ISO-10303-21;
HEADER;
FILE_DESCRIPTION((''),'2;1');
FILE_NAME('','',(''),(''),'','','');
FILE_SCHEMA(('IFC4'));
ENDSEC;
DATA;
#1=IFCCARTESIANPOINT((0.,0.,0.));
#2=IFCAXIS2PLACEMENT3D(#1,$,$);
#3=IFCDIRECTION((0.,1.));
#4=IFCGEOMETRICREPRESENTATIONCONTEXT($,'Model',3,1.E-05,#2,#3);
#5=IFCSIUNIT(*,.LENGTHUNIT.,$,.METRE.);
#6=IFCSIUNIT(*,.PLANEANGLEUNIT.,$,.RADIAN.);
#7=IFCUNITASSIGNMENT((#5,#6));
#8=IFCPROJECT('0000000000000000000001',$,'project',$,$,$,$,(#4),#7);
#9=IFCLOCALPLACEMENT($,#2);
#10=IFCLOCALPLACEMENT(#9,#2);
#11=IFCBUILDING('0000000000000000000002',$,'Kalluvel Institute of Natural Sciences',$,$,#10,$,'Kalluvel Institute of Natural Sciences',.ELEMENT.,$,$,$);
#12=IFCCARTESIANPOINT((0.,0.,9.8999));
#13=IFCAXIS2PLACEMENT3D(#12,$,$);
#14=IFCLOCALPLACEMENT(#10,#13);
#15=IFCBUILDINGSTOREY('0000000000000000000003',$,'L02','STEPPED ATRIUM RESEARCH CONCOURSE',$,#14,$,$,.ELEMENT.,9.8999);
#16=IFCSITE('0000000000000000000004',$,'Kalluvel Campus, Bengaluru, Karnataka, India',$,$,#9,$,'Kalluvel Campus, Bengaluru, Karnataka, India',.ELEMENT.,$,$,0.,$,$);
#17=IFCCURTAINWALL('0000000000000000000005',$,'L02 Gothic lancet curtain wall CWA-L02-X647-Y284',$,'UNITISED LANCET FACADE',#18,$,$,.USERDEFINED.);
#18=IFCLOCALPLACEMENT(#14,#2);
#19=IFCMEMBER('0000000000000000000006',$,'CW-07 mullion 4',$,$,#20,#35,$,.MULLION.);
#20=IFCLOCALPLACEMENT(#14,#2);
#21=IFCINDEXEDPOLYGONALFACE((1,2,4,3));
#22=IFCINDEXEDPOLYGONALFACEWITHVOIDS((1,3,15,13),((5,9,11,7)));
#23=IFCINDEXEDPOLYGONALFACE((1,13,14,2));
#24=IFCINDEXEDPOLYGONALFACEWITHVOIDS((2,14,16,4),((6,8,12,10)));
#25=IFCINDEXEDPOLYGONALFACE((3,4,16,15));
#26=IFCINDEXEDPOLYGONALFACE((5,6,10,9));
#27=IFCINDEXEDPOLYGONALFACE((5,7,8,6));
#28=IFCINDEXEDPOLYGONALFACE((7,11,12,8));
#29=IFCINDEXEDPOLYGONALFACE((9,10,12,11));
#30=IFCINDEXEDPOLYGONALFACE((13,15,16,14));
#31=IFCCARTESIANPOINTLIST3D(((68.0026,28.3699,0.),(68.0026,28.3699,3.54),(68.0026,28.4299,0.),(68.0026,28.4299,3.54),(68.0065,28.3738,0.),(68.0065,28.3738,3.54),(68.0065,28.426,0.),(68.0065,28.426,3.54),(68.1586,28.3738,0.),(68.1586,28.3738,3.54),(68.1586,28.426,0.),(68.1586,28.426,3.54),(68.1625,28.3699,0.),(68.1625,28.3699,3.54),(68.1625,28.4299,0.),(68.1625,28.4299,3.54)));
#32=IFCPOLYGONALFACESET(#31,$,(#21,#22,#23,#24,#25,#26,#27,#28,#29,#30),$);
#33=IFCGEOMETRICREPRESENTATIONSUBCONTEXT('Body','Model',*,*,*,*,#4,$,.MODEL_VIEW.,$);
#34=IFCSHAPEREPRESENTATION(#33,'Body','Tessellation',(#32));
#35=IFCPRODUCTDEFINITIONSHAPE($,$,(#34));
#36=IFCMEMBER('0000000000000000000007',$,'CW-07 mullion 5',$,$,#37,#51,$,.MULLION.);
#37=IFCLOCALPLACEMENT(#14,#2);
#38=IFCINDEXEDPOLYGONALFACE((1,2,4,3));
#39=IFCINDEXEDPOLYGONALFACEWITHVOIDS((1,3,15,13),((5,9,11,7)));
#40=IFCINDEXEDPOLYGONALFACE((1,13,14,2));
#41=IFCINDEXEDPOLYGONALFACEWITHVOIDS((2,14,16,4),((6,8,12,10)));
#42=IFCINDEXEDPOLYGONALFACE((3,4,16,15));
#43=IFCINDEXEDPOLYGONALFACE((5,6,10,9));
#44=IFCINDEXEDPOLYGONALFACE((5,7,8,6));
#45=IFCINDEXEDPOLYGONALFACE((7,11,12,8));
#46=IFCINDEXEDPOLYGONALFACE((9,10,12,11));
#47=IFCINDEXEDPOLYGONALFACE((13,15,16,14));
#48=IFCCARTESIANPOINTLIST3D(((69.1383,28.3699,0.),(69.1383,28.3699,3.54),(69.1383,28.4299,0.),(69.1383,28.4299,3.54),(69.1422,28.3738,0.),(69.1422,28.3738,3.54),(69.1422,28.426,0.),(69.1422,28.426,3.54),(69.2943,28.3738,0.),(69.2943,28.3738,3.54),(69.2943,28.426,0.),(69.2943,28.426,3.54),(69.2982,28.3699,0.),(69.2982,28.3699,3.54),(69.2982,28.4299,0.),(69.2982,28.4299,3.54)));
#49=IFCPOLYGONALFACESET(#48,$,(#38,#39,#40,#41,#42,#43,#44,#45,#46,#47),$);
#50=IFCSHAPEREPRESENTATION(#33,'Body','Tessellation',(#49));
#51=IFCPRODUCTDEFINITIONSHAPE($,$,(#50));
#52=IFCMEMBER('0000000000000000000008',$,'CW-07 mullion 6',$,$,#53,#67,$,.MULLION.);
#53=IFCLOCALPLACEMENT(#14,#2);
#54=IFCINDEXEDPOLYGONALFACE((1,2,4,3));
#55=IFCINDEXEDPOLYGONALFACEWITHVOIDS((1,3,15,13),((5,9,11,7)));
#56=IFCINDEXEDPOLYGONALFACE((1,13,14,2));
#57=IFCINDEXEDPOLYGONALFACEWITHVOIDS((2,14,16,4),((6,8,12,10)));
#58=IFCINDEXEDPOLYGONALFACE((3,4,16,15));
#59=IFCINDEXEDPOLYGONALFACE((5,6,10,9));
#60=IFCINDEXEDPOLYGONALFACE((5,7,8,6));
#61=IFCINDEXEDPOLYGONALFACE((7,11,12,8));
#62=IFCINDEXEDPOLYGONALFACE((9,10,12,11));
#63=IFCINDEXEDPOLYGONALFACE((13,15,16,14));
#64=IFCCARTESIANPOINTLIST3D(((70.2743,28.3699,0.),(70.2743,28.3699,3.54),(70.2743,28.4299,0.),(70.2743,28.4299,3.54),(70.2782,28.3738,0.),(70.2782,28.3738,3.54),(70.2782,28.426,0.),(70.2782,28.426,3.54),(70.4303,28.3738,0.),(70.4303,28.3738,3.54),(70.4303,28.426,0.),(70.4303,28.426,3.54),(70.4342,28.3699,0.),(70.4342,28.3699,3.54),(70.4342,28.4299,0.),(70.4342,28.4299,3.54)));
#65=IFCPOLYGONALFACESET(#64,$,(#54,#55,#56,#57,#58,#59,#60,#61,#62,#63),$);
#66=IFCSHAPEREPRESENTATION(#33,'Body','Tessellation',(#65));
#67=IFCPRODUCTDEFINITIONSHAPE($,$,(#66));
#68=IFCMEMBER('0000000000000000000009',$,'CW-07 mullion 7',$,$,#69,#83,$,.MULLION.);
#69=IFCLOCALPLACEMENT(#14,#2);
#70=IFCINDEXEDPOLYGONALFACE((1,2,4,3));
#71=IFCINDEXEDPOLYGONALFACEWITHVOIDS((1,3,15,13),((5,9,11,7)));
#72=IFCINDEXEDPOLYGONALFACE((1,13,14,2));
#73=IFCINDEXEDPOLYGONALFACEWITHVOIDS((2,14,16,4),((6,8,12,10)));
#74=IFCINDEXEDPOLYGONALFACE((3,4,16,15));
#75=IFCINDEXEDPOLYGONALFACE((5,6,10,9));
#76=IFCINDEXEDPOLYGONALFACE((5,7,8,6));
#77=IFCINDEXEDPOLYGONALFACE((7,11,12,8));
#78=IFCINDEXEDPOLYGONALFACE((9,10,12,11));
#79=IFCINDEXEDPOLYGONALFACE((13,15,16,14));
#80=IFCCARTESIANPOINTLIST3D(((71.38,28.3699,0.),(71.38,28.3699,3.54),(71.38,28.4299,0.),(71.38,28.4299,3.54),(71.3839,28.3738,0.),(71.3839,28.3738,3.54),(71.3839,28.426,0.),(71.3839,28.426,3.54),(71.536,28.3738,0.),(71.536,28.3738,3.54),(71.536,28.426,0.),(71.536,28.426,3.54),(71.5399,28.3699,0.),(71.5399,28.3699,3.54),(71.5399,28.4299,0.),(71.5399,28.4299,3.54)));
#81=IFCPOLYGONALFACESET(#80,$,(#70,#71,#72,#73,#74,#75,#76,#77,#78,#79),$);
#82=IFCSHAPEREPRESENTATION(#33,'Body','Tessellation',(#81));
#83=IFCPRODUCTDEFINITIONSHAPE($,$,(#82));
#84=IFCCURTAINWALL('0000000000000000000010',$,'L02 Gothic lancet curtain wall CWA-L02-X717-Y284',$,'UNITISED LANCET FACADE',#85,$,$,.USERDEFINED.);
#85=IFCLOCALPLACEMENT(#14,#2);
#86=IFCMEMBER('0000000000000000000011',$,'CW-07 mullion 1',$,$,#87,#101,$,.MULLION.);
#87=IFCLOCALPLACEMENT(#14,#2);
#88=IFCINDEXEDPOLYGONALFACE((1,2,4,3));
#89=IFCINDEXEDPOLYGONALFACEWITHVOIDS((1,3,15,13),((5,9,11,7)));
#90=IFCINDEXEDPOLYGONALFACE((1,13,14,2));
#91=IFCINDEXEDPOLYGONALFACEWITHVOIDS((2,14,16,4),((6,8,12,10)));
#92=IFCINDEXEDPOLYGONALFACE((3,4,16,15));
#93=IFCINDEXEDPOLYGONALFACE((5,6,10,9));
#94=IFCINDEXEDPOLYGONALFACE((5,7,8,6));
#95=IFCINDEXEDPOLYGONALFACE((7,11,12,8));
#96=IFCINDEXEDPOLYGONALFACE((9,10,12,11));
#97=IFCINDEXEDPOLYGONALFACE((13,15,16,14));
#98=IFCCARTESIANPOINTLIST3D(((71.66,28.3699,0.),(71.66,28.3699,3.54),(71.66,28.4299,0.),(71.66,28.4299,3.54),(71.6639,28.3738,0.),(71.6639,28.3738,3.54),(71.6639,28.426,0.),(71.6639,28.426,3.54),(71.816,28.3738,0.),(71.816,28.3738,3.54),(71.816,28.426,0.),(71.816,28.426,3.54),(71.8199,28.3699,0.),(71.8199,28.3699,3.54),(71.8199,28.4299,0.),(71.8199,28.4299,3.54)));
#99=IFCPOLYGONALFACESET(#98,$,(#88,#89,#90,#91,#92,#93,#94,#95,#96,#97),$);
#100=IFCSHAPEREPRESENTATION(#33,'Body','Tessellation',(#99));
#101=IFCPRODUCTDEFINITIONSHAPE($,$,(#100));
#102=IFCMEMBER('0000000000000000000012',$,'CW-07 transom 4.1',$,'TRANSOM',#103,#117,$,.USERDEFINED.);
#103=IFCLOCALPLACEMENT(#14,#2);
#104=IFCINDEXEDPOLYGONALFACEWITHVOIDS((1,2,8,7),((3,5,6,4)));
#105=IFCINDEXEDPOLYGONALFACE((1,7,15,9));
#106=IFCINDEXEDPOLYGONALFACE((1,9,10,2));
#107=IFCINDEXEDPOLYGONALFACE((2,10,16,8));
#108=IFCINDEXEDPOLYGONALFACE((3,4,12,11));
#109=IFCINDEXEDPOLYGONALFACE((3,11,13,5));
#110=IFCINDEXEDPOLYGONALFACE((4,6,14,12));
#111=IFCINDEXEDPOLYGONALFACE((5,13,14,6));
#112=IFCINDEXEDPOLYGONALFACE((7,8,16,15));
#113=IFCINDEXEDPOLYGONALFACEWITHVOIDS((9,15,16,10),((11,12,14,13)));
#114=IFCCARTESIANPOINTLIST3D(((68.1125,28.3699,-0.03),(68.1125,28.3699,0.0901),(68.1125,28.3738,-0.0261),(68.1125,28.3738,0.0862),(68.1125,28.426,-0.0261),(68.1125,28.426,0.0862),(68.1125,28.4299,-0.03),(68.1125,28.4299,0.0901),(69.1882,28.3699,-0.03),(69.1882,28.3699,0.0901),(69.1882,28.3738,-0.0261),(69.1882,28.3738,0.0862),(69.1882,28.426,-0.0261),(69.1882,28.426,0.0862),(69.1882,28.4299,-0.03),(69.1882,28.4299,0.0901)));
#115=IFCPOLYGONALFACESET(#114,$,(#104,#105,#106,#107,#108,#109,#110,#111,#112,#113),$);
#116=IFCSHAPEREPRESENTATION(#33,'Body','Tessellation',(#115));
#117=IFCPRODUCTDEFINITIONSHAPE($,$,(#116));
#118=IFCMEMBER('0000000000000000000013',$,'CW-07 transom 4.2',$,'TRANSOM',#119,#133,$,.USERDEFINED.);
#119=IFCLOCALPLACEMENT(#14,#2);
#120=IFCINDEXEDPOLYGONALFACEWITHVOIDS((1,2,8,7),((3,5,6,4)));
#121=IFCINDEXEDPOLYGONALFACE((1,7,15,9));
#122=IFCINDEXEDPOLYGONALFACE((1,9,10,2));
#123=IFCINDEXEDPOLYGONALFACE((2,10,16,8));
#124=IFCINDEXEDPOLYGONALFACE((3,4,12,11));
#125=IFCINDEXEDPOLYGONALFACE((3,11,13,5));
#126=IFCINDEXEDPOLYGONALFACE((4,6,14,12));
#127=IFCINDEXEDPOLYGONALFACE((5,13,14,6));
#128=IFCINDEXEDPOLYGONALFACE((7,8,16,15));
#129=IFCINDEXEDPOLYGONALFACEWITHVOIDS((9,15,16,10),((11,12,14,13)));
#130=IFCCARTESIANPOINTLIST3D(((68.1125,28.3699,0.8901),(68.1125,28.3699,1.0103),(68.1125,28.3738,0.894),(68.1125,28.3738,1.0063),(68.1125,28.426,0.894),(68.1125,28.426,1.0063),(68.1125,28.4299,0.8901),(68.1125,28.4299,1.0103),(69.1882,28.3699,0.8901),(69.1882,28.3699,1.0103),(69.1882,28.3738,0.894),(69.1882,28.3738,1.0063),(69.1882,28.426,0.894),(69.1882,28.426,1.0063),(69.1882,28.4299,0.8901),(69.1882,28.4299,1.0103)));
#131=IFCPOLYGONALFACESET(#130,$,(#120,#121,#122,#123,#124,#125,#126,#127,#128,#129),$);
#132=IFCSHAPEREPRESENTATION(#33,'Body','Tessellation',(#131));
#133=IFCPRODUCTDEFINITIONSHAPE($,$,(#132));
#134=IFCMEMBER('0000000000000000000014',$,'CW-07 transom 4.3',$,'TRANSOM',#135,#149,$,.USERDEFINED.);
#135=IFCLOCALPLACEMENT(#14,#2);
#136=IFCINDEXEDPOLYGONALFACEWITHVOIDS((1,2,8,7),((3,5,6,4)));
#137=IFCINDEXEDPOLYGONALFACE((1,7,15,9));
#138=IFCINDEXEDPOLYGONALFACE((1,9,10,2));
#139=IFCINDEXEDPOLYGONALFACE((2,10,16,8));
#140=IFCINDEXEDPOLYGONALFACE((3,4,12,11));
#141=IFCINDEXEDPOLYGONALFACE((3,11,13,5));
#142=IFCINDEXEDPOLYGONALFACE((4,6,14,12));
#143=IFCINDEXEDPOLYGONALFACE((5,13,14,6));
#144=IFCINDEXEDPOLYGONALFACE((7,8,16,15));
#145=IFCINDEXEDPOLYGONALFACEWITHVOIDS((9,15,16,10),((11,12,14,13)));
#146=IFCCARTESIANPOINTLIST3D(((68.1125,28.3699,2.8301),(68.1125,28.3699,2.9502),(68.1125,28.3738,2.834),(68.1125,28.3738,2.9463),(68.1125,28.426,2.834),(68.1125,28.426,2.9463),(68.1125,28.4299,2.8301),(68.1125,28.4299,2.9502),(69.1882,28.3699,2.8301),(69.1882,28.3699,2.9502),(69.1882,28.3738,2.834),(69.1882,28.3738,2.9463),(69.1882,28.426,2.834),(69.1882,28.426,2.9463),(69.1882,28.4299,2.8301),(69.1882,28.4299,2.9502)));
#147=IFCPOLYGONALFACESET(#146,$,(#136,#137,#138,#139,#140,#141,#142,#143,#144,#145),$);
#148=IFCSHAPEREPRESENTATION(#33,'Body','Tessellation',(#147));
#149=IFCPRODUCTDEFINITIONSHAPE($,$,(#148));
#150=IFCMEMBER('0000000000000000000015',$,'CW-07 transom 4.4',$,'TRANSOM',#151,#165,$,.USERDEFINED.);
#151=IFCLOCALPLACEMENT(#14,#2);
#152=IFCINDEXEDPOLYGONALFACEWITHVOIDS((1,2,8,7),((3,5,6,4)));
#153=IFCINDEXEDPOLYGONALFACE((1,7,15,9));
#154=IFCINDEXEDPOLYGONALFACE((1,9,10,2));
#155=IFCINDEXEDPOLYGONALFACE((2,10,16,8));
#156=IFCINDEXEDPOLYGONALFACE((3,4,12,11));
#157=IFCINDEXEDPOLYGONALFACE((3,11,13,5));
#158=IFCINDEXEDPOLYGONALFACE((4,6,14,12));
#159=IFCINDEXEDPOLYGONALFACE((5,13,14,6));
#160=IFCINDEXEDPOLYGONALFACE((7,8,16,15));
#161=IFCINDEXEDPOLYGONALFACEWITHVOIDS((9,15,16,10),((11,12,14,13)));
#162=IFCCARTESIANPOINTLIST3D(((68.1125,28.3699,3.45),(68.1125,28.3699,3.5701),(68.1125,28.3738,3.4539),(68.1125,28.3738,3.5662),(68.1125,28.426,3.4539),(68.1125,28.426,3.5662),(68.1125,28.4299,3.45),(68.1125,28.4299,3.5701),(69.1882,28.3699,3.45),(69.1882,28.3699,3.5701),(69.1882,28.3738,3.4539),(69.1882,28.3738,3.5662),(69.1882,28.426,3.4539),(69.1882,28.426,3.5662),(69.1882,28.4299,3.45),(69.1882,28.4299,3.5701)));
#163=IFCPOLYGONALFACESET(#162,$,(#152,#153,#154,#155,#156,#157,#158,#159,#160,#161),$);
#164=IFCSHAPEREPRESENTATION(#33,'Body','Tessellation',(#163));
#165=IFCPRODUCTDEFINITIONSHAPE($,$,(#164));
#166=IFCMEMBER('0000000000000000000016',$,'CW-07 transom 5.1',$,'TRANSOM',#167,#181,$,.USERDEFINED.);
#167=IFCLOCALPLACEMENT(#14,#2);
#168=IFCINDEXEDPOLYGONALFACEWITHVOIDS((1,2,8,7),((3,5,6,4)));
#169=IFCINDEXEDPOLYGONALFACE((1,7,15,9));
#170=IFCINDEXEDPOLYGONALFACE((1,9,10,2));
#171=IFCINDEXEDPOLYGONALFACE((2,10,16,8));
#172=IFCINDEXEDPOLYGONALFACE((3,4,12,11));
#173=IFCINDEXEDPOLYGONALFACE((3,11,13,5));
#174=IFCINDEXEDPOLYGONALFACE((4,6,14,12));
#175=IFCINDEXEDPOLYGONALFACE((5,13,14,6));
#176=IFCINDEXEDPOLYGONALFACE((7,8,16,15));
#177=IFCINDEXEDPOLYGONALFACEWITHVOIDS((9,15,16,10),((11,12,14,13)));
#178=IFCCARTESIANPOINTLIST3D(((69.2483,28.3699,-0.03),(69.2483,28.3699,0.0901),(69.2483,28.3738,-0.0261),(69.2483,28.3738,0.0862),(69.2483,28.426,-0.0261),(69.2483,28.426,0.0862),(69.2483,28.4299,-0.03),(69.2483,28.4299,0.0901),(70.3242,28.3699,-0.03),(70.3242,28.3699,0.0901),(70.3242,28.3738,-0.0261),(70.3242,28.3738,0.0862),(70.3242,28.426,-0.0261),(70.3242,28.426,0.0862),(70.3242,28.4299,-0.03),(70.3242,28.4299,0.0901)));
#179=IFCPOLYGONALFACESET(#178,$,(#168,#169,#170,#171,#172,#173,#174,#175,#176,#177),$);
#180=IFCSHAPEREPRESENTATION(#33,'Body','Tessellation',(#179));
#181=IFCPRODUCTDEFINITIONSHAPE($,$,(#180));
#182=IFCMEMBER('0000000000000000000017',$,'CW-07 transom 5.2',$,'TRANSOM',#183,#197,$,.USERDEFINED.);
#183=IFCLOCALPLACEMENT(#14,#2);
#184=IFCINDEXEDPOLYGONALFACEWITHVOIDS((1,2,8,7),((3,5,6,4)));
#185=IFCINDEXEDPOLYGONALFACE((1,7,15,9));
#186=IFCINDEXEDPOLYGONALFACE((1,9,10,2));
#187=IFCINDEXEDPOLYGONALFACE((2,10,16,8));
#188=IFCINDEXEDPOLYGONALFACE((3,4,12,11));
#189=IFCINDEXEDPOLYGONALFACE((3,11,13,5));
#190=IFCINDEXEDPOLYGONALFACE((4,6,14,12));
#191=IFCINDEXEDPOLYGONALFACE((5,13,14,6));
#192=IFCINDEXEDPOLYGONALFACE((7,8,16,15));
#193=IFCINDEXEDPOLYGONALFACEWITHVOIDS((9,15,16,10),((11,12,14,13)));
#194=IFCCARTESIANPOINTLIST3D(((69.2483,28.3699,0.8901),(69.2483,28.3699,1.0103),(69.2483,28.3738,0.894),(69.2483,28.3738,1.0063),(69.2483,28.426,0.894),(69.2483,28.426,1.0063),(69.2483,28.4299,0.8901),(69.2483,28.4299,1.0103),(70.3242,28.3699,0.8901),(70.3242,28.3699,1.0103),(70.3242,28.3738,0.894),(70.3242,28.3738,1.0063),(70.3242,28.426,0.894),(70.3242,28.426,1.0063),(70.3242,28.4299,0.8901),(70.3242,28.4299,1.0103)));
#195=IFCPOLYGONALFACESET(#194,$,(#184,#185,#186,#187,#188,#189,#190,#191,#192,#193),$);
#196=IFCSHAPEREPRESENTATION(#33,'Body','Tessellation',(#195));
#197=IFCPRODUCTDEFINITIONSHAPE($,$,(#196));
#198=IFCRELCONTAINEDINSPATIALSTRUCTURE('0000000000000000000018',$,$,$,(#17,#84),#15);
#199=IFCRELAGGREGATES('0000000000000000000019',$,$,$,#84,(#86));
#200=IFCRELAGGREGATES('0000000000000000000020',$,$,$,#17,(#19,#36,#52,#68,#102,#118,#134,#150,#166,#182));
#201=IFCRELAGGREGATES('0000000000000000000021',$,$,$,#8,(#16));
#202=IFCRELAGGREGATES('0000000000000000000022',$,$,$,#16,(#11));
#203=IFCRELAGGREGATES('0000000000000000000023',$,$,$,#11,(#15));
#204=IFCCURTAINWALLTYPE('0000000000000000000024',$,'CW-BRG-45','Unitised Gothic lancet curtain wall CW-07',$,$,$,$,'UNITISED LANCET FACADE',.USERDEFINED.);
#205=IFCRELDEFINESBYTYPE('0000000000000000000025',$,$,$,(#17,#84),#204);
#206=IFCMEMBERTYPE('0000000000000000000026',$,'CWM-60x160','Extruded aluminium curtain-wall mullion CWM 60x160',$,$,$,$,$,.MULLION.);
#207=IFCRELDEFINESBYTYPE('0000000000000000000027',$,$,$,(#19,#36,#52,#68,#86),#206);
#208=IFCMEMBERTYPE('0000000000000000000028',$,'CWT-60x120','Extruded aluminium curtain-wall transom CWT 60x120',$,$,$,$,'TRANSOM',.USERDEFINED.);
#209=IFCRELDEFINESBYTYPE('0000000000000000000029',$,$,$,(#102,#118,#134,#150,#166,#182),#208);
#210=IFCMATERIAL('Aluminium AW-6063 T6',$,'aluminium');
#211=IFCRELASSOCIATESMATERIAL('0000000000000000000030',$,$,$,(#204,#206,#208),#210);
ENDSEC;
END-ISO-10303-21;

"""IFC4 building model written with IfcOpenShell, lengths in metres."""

from ifc_helpers import new_model, si_unit, direction, frame, origin, origin_2d, place, context, subcontext, project, spatial, hollow_rectangle, extrude, material, material_profile, profile_set, type_object, element, aggregate, save


model = new_model("IFC4")

# Units and contexts
model_context = context("Model", 3, precision=1e-05, world=origin(), true_north=direction((0.0, 1.0)))
body_context = subcontext(model_context, "Body", "Model", "MODEL_VIEW")
ifc_project = project(units=[si_unit("LENGTHUNIT", "METRE"), si_unit("PLANEANGLEUNIT", "RADIAN")], contexts=[model_context])

# Site, building, storey
site_placement = place(None, origin())
site = spatial("IfcSite", under=ifc_project, at=site_placement, Name="Kalluvel Campus, Bengaluru, Karnataka, India", LongName="Kalluvel Campus, Bengaluru, Karnataka, India", CompositionType="ELEMENT", RefElevation=0.0)
building_placement = place(site_placement, origin())
building = spatial("IfcBuilding", under=site, at=building_placement, Name="Kalluvel Institute of Natural Sciences", LongName="Kalluvel Institute of Natural Sciences", CompositionType="ELEMENT")
storey_placement = place(building_placement, frame((0.0, 0.0, 9.8999)))
storey = spatial("IfcBuildingStorey", under=building, at=storey_placement, Name="L02", Description="STEPPED ATRIUM RESEARCH CONCOURSE", CompositionType="ELEMENT", Elevation=9.8999)

# Curtain wall, members
ifc_material_1 = material(Name="Aluminium AW-6063 T6", Category="aluminium")
curtain_wall_type = type_object("IfcCurtainWallType", Name="CW-BRG-45", Description="Unitised Gothic lancet curtain wall CW-07", ElementType="UNITISED LANCET FACADE", PredefinedType="USERDEFINED", material=ifc_material_1)
curtain_wall_1_placement = place(storey_placement, origin())
curtain_wall_1 = element("IfcCurtainWall", 1, at=curtain_wall_1_placement, inside=storey, type_object=curtain_wall_type, Name="L02 Gothic lancet curtain wall CWA-L02-X647-Y284", ObjectType="UNITISED LANCET FACADE", PredefinedType="USERDEFINED")
ifc_material_profile_1 = material_profile(ifc_material_1, hollow_rectangle(XDim=0.0601, YDim=0.1599, WallThickness=0.0039, at=origin_2d()), Name="CWM 60x160")
ifc_profile_set_1 = profile_set([ifc_material_profile_1], Name="Aluminium AW-6063 T6")
member_type_1 = type_object("IfcMemberType", Name="CWM-60x160", Description="Extruded aluminium curtain-wall mullion CWM 60x160", PredefinedType="MULLION", material=ifc_profile_set_1)
member_1_placement = place(storey_placement, frame((68.0825, 28.3999, 0.0), z_axis=(0.0, 0.0, 1.0), x_axis=(0.0, 1.0, 0.0)))
member_1 = element("IfcMember", 2, at=member_1_placement, type_object=member_type_1, Name="CW-07 mullion 4", PredefinedType="MULLION", context=body_context, shape_type="SweptSolid", body=[
    extrude(hollow_rectangle(XDim=0.0601, YDim=0.1599, WallThickness=0.0039, at=origin_2d()), origin(), (0.0, 0.0, 1.0), 3.54),
])
member_2_placement = place(storey_placement, frame((69.2183, 28.3999, 0.0), z_axis=(0.0, 0.0, 1.0), x_axis=(0.0, 1.0, 0.0)))
member_2 = element("IfcMember", 3, at=member_2_placement, type_object=member_type_1, Name="CW-07 mullion 5", PredefinedType="MULLION", context=body_context, shape_type="SweptSolid", body=[
    extrude(hollow_rectangle(XDim=0.0601, YDim=0.1599, WallThickness=0.0039, at=origin_2d()), origin(), (0.0, 0.0, 1.0), 3.54),
])
member_3_placement = place(storey_placement, frame((70.3542, 28.3999, 0.0), z_axis=(0.0, 0.0, 1.0), x_axis=(0.0, 1.0, 0.0)))
member_3 = element("IfcMember", 4, at=member_3_placement, type_object=member_type_1, Name="CW-07 mullion 6", PredefinedType="MULLION", context=body_context, shape_type="SweptSolid", body=[
    extrude(hollow_rectangle(XDim=0.0601, YDim=0.1599, WallThickness=0.0039, at=origin_2d()), origin(), (0.0, 0.0, 1.0), 3.54),
])
member_4_placement = place(storey_placement, frame((71.46, 28.3999, 0.0), z_axis=(0.0, 0.0, 1.0), x_axis=(0.0, 1.0, 0.0)))
member_4 = element("IfcMember", 5, at=member_4_placement, type_object=member_type_1, Name="CW-07 mullion 7", PredefinedType="MULLION", context=body_context, shape_type="SweptSolid", body=[
    extrude(hollow_rectangle(XDim=0.0601, YDim=0.1599, WallThickness=0.0039, at=origin_2d()), origin(), (0.0, 0.0, 1.0), 3.54),
])

# Curtain wall, member
curtain_wall_2_placement = place(storey_placement, origin())
curtain_wall_2 = element("IfcCurtainWall", 6, at=curtain_wall_2_placement, inside=storey, type_object=curtain_wall_type, Name="L02 Gothic lancet curtain wall CWA-L02-X717-Y284", ObjectType="UNITISED LANCET FACADE", PredefinedType="USERDEFINED")
member_5_placement = place(storey_placement, frame((71.74, 28.3999, 0.0), z_axis=(0.0, 0.0, 1.0), x_axis=(0.0, 1.0, 0.0)))
member_5 = element("IfcMember", 7, at=member_5_placement, type_object=member_type_1, Name="CW-07 mullion 1", PredefinedType="MULLION", context=body_context, shape_type="SweptSolid", body=[
    extrude(hollow_rectangle(XDim=0.0601, YDim=0.1599, WallThickness=0.0039, at=origin_2d()), origin(), (0.0, 0.0, 1.0), 3.54),
])
aggregate(curtain_wall_2, [member_5])

# Members
ifc_material_profile_2 = material_profile(ifc_material_1, hollow_rectangle(XDim=0.0601, YDim=0.1201, WallThickness=0.0039, at=origin_2d()), Name="CWT 60x120")
ifc_profile_set_2 = profile_set([ifc_material_profile_2], Name="Aluminium AW-6063 T6")
member_type_2 = type_object("IfcMemberType", Name="CWT-60x120", Description="Extruded aluminium curtain-wall transom CWT 60x120", ElementType="TRANSOM", PredefinedType="USERDEFINED", material=ifc_profile_set_2)
member_6_placement = place(storey_placement, frame((68.1125, 28.3999, 0.03), z_axis=(1.0, 0.0, 0.0), x_axis=(0.0, 1.0, 0.0)))
member_6 = element("IfcMember", 8, at=member_6_placement, type_object=member_type_2, Name="CW-07 transom 4.1", ObjectType="TRANSOM", PredefinedType="USERDEFINED", context=body_context, shape_type="SweptSolid", body=[
    extrude(hollow_rectangle(XDim=0.0601, YDim=0.1201, WallThickness=0.0039, at=origin_2d()), origin(), (0.0, 0.0, 1.0), 1.0757),
])
member_7_placement = place(storey_placement, frame((68.1125, 28.3999, 0.9502), z_axis=(1.0, 0.0, 0.0), x_axis=(0.0, 1.0, 0.0)))
member_7 = element("IfcMember", 9, at=member_7_placement, type_object=member_type_2, Name="CW-07 transom 4.2", ObjectType="TRANSOM", PredefinedType="USERDEFINED", context=body_context, shape_type="SweptSolid", body=[
    extrude(hollow_rectangle(XDim=0.0601, YDim=0.1201, WallThickness=0.0039, at=origin_2d()), origin(), (0.0, 0.0, 1.0), 1.0757),
])
member_8_placement = place(storey_placement, frame((68.1125, 28.3999, 2.8901), z_axis=(1.0, 0.0, 0.0), x_axis=(0.0, 1.0, 0.0)))
member_8 = element("IfcMember", 10, at=member_8_placement, type_object=member_type_2, Name="CW-07 transom 4.3", ObjectType="TRANSOM", PredefinedType="USERDEFINED", context=body_context, shape_type="SweptSolid", body=[
    extrude(hollow_rectangle(XDim=0.0601, YDim=0.1201, WallThickness=0.0039, at=origin_2d()), origin(), (0.0, 0.0, 1.0), 1.0757),
])
member_9_placement = place(storey_placement, frame((68.1125, 28.3999, 3.51), z_axis=(1.0, 0.0, 0.0), x_axis=(0.0, 1.0, 0.0)))
member_9 = element("IfcMember", 11, at=member_9_placement, type_object=member_type_2, Name="CW-07 transom 4.4", ObjectType="TRANSOM", PredefinedType="USERDEFINED", context=body_context, shape_type="SweptSolid", body=[
    extrude(hollow_rectangle(XDim=0.0601, YDim=0.1201, WallThickness=0.0039, at=origin_2d()), origin(), (0.0, 0.0, 1.0), 1.0757),
])
member_10_placement = place(storey_placement, frame((69.2483, 28.3999, 0.03), z_axis=(1.0, 0.0, 0.0), x_axis=(0.0, 1.0, 0.0)))
member_10 = element("IfcMember", 12, at=member_10_placement, type_object=member_type_2, Name="CW-07 transom 5.1", ObjectType="TRANSOM", PredefinedType="USERDEFINED", context=body_context, shape_type="SweptSolid", body=[
    extrude(hollow_rectangle(XDim=0.0601, YDim=0.1201, WallThickness=0.0039, at=origin_2d()), origin(), (0.0, 0.0, 1.0), 1.0759),
])
member_11_placement = place(storey_placement, frame((69.2483, 28.3999, 0.9502), z_axis=(1.0, 0.0, 0.0), x_axis=(0.0, 1.0, 0.0)))
member_11 = element("IfcMember", 13, at=member_11_placement, type_object=member_type_2, Name="CW-07 transom 5.2", ObjectType="TRANSOM", PredefinedType="USERDEFINED", context=body_context, shape_type="SweptSolid", body=[
    extrude(hollow_rectangle(XDim=0.0601, YDim=0.1201, WallThickness=0.0039, at=origin_2d()), origin(), (0.0, 0.0, 1.0), 1.0759),
])

aggregate(curtain_wall_1, [member_1, member_2, member_3, member_4, member_6, member_7, member_8, member_9, member_10, member_11])

save(model, "model.ifc")
